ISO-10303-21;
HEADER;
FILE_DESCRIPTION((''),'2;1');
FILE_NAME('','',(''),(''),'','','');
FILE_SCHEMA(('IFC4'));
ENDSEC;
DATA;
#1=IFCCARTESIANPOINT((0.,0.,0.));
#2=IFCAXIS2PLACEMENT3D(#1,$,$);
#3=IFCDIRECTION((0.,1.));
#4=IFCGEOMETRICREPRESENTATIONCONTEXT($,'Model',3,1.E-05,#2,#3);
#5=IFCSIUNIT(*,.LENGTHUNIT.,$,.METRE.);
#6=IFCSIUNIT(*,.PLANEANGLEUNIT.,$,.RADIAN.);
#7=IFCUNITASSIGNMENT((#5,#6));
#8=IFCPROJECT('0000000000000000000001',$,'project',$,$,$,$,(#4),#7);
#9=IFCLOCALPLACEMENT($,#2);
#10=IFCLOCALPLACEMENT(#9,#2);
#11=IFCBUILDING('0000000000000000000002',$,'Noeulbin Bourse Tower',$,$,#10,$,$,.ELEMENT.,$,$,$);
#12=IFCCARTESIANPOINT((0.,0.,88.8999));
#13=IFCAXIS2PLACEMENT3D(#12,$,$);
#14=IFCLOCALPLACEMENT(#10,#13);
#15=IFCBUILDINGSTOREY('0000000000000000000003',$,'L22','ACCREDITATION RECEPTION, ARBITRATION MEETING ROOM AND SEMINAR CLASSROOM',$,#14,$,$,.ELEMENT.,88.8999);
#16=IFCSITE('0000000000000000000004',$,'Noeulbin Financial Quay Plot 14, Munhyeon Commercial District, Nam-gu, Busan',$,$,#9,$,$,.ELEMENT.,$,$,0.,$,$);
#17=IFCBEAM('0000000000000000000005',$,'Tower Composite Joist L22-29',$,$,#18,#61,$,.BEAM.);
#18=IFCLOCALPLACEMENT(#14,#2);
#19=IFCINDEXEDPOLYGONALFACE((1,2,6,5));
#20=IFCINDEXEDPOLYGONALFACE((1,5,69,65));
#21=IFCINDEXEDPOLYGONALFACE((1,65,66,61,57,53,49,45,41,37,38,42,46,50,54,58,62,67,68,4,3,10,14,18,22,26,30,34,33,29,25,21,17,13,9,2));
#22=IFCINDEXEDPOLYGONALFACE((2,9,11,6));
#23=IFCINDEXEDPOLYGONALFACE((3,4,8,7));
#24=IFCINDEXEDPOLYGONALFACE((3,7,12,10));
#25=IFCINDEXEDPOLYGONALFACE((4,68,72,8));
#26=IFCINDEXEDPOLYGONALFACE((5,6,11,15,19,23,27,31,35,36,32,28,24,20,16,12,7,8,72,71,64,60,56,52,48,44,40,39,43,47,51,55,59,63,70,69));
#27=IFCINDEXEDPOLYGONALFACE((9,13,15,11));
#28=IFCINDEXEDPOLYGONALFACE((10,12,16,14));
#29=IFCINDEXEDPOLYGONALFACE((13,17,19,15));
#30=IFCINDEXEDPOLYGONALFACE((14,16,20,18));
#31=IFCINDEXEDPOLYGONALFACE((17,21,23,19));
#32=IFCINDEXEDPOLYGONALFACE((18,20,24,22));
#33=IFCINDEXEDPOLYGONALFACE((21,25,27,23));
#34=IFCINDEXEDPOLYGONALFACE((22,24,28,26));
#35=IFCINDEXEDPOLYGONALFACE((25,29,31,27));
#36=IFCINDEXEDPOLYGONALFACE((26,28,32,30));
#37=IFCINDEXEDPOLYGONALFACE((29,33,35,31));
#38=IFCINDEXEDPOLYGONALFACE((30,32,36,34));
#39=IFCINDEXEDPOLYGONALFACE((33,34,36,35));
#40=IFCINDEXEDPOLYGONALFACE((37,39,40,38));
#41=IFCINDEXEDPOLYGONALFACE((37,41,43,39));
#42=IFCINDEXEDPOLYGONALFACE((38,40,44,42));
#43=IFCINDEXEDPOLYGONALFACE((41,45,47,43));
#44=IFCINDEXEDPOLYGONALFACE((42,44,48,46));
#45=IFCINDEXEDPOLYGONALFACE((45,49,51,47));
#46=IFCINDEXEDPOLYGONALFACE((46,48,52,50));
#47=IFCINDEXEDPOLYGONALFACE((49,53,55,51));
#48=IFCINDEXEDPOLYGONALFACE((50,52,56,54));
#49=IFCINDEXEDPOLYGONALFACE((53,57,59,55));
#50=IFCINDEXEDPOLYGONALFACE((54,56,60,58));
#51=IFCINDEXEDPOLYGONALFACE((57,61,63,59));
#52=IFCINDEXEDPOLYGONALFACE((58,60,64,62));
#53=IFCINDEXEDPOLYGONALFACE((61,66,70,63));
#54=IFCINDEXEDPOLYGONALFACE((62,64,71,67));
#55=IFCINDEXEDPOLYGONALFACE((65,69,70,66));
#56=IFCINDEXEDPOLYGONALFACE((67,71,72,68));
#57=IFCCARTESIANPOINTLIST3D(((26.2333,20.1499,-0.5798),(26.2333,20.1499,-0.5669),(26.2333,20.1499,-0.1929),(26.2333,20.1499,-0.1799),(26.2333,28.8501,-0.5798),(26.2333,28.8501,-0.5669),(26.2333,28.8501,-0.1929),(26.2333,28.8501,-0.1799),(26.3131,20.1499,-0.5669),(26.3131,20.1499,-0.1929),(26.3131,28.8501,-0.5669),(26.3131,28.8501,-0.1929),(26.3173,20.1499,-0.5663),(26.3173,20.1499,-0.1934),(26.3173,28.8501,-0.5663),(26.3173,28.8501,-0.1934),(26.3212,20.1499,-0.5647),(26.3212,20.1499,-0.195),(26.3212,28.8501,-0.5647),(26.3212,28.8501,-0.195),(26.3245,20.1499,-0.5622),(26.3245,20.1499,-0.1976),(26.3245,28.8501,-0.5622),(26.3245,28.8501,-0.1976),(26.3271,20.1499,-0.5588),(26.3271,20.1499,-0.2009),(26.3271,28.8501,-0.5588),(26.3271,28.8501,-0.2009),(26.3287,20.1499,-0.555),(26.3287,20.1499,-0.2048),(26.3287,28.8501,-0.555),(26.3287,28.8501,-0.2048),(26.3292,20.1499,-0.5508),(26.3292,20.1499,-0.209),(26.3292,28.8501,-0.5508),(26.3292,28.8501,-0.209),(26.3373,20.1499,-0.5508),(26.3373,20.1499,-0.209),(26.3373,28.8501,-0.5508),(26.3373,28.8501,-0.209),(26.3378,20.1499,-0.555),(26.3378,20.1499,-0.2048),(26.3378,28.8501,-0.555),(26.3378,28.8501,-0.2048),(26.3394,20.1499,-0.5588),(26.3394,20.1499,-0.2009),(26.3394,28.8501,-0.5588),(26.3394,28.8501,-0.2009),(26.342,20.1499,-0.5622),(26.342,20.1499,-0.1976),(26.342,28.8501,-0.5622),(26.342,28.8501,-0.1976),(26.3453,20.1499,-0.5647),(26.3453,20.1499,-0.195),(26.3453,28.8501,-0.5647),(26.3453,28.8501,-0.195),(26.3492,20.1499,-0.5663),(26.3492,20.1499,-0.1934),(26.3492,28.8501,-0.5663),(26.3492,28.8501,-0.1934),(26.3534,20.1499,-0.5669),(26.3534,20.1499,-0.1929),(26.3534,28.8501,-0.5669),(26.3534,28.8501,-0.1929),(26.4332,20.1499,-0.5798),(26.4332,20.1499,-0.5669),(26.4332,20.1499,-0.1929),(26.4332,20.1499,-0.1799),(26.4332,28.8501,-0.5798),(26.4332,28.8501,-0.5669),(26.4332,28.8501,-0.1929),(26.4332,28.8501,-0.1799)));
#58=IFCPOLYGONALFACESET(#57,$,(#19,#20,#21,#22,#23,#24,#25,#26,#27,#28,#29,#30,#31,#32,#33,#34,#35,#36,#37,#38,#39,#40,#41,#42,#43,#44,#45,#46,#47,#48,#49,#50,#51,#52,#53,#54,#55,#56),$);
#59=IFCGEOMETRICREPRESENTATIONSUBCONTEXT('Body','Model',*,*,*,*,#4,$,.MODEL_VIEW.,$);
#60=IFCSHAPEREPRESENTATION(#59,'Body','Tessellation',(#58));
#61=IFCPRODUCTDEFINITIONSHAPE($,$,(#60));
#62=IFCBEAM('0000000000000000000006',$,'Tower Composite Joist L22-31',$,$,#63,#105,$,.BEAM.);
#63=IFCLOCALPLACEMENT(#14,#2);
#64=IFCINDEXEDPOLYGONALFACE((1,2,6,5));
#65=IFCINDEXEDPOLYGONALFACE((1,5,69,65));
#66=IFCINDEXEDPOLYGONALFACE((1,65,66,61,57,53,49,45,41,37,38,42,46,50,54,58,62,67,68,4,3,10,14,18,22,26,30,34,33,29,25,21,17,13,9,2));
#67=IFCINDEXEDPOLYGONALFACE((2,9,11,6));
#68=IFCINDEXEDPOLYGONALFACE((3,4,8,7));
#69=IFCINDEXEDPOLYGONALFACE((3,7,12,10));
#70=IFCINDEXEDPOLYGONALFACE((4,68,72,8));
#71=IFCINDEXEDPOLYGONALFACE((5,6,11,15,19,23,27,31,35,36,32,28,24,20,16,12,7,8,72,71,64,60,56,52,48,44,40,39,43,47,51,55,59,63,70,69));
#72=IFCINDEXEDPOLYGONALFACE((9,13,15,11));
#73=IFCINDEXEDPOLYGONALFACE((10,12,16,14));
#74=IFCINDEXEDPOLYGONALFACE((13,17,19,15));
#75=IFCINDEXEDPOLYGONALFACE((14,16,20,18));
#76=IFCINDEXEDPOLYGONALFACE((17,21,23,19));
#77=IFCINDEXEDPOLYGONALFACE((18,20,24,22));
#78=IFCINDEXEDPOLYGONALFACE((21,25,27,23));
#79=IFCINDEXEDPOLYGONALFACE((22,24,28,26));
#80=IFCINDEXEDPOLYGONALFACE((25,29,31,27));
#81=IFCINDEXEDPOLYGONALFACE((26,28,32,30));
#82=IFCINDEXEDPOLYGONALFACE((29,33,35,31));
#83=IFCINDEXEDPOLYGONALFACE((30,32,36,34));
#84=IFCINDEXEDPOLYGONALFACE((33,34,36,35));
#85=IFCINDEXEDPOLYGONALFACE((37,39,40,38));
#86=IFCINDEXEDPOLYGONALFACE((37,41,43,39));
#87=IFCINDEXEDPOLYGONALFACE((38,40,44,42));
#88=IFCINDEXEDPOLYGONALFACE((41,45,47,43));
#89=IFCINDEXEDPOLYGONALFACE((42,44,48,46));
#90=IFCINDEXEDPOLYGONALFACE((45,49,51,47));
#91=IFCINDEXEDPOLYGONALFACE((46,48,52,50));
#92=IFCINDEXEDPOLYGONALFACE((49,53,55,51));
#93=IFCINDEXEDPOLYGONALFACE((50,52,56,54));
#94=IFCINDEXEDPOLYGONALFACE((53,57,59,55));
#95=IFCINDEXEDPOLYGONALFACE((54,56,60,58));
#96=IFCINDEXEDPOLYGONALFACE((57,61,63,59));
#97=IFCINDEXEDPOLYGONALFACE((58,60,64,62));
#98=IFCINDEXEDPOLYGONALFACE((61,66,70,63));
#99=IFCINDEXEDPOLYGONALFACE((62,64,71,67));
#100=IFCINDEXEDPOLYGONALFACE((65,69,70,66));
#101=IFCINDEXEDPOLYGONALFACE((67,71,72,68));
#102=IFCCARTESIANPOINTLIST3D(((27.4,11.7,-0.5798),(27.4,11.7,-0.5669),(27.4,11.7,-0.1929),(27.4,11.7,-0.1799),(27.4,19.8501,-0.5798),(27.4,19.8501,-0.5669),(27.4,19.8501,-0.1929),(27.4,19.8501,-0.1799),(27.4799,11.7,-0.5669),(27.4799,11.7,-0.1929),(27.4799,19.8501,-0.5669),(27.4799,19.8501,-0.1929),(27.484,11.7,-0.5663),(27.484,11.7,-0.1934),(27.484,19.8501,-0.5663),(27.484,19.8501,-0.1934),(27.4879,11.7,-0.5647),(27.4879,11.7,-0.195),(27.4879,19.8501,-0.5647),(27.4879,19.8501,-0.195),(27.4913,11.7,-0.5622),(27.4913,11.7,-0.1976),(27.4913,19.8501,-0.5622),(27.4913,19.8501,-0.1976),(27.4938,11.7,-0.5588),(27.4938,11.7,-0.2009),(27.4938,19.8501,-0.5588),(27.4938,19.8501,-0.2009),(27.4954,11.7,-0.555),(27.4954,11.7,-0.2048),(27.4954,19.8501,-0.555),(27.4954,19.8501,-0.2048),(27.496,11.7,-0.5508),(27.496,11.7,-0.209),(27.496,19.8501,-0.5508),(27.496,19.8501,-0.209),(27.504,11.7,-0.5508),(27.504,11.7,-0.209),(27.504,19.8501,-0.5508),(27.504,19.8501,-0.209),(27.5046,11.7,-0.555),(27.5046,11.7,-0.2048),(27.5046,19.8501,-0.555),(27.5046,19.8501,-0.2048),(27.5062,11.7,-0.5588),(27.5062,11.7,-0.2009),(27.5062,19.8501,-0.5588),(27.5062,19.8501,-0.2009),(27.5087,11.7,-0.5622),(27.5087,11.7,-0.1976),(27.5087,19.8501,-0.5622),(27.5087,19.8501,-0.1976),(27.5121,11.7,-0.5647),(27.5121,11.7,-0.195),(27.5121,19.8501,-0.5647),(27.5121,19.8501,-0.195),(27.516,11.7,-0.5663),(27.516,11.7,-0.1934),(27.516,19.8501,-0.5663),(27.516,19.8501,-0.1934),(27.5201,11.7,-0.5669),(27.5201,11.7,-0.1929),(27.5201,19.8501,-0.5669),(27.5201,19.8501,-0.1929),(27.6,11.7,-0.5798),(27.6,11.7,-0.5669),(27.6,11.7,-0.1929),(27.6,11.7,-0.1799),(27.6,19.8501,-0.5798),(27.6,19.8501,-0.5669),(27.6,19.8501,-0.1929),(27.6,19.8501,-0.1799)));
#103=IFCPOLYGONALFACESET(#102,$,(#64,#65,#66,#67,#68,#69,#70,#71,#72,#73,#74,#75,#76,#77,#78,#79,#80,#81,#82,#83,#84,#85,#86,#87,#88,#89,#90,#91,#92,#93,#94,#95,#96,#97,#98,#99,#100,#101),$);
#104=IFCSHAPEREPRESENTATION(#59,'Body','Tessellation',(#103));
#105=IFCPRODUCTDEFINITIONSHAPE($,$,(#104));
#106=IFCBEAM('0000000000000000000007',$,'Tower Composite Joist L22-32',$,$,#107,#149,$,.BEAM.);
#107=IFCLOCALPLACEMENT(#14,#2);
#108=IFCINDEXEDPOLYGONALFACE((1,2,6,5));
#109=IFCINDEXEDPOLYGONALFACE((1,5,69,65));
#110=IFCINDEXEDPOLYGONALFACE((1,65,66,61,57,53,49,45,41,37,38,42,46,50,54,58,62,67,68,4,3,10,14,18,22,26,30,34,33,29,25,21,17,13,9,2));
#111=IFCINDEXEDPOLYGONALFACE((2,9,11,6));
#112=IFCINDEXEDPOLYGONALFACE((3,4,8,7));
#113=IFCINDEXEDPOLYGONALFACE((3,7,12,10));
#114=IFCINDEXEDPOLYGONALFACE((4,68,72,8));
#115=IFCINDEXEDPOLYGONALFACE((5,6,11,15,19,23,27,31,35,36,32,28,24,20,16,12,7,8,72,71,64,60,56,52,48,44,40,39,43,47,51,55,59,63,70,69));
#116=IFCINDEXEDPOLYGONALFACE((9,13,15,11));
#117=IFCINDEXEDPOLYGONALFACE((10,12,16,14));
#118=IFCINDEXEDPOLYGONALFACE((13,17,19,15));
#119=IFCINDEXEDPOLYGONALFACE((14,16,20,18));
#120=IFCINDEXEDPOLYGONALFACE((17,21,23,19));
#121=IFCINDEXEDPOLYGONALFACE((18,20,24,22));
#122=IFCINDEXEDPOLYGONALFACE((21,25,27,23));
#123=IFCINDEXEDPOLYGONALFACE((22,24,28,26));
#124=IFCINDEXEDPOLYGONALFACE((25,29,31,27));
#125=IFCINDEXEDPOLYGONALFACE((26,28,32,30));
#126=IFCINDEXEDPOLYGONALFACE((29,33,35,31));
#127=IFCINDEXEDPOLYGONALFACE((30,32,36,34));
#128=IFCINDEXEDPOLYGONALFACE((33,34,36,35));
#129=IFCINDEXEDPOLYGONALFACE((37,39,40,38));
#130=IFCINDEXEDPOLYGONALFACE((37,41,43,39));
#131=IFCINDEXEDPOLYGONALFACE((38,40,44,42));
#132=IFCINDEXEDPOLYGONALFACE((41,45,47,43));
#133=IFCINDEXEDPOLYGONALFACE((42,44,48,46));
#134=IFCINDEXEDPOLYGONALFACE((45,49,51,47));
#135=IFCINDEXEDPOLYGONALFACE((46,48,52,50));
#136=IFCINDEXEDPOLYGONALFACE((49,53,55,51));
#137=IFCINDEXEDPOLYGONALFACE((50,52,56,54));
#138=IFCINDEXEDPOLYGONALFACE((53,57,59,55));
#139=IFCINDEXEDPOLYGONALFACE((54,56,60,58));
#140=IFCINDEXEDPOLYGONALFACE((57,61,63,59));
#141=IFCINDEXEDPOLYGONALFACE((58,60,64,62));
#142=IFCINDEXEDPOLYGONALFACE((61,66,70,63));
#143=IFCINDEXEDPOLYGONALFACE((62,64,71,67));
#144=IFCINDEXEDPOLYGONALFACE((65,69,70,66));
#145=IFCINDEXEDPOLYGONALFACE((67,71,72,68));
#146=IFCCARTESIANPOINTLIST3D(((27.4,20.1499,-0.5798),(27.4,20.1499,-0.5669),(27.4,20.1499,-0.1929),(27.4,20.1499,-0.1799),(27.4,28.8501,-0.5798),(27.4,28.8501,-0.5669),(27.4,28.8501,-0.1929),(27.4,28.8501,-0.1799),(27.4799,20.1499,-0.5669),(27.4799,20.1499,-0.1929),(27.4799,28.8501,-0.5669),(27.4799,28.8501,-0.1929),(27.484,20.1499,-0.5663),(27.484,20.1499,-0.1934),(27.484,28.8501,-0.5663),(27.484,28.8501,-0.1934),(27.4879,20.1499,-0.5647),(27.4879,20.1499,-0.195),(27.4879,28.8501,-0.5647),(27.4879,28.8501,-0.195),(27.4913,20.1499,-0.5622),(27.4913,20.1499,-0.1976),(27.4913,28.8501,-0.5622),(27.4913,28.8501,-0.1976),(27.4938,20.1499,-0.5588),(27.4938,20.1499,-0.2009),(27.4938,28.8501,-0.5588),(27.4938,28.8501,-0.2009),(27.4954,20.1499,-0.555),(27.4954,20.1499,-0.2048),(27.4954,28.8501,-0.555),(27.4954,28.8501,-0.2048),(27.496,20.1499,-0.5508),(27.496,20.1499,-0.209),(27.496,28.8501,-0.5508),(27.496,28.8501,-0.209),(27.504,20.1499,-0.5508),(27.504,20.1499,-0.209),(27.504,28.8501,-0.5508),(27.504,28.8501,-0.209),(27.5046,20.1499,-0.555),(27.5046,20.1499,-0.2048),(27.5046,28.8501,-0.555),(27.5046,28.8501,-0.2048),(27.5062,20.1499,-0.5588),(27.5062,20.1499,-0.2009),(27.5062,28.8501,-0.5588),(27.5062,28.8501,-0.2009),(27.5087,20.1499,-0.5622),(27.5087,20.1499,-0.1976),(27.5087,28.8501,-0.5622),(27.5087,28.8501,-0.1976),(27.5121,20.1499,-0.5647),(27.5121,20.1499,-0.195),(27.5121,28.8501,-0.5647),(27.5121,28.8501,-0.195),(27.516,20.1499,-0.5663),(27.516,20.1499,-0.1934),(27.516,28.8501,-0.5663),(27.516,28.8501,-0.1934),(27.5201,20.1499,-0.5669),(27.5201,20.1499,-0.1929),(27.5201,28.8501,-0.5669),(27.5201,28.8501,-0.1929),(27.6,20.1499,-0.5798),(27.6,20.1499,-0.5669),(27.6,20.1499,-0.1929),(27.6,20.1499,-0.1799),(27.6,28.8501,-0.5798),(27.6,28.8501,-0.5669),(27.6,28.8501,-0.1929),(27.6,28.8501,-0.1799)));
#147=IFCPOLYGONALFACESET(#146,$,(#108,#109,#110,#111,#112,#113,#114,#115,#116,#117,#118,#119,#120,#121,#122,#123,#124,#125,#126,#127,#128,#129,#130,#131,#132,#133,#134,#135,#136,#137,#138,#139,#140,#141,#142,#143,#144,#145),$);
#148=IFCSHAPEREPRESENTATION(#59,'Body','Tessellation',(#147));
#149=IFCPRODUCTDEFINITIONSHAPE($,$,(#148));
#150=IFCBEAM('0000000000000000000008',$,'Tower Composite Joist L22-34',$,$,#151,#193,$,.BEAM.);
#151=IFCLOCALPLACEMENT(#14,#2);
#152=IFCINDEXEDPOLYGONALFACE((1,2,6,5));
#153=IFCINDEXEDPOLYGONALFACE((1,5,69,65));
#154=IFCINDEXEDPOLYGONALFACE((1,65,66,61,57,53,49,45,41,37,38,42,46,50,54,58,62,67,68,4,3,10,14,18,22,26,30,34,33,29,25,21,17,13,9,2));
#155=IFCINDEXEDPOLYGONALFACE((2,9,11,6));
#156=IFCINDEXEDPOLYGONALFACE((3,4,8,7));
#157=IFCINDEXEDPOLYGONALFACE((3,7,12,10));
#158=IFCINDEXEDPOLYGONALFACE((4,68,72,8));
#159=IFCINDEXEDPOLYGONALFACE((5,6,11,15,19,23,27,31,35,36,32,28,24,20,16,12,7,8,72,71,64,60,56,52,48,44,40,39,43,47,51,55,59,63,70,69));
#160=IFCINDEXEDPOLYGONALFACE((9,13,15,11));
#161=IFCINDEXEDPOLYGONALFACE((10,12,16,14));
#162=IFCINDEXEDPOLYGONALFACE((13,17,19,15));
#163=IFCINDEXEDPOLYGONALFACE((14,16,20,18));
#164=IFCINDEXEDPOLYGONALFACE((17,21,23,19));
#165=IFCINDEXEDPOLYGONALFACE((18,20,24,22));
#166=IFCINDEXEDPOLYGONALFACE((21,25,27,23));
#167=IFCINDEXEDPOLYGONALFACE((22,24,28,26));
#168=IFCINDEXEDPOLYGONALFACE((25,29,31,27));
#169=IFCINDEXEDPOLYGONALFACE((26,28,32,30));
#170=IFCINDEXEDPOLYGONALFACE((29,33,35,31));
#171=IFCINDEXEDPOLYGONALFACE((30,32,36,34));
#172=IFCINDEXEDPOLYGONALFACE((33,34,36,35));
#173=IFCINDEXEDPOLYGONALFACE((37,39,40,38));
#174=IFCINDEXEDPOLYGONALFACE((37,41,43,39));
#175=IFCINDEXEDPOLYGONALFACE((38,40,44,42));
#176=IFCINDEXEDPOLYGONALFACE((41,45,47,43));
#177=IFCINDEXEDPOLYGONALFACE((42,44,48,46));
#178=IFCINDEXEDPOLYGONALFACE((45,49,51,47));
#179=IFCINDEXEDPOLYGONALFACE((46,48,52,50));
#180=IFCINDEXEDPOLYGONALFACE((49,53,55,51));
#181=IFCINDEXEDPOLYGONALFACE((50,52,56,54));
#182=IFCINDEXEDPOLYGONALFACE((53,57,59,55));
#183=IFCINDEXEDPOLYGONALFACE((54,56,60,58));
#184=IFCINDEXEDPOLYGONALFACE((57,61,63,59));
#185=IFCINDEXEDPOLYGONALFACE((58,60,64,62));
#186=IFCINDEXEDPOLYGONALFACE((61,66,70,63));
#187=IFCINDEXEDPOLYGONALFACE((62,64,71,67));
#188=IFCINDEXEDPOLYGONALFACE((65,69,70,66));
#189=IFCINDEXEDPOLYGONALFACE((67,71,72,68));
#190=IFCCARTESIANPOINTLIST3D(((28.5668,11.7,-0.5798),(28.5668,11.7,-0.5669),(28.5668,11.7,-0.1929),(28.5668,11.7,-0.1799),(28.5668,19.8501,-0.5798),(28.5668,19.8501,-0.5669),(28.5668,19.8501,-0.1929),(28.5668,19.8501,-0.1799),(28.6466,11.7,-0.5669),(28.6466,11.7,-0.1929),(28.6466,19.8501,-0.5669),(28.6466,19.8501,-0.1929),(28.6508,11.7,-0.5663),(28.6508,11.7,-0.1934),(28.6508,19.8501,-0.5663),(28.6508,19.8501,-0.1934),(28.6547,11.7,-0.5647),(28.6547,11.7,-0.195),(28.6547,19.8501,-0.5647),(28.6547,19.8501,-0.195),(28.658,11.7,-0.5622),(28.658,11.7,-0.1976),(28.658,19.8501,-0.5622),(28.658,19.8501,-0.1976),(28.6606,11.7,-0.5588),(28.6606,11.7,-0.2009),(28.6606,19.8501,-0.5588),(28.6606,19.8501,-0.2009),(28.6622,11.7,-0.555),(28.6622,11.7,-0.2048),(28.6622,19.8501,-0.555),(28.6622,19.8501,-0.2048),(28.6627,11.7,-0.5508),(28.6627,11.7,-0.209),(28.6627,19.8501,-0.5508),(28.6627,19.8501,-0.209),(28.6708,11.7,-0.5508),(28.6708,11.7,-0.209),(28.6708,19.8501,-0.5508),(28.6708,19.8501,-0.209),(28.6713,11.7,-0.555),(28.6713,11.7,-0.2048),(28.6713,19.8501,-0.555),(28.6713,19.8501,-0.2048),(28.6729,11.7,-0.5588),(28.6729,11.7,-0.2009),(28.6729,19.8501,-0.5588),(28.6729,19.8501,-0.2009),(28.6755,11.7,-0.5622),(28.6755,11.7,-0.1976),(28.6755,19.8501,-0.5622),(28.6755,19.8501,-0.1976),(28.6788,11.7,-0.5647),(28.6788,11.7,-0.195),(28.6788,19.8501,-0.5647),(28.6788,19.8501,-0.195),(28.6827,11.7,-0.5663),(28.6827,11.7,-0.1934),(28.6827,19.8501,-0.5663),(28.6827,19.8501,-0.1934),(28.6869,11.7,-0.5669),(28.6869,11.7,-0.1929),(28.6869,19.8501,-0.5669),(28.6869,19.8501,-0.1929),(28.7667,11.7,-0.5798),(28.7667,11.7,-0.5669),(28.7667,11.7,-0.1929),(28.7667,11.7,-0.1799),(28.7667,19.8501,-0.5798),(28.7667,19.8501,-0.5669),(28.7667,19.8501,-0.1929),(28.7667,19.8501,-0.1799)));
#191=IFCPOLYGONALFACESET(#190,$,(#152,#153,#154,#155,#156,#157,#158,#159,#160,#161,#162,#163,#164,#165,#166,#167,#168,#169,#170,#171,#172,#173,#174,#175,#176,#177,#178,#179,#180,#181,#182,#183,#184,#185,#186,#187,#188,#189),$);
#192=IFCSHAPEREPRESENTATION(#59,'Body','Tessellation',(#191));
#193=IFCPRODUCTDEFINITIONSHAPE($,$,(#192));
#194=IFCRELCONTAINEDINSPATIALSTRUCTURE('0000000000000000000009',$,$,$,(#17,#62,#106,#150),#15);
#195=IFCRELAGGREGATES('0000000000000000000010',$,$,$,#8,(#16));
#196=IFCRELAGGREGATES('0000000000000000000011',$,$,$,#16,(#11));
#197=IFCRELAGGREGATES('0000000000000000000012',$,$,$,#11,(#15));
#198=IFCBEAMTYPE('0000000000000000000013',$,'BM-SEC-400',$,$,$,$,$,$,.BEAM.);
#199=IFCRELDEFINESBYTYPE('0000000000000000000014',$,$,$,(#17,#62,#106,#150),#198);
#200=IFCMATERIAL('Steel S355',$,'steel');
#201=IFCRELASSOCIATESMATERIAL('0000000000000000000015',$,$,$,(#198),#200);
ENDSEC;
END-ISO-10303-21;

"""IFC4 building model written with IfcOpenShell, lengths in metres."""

from ifc_helpers import new_model, si_unit, direction, frame, origin, origin_2d, place, context, subcontext, project, spatial, i_section, extrude, material, material_profile, profile_set, type_object, element, save


model = new_model("IFC4")

# Units and contexts
model_context = context("Model", 3, precision=1e-05, world=origin(), true_north=direction((0.0, 1.0)))
body_context = subcontext(model_context, "Body", "Model", "MODEL_VIEW")
ifc_project = project(units=[si_unit("LENGTHUNIT", "METRE"), si_unit("PLANEANGLEUNIT", "RADIAN")], contexts=[model_context])

# Site, building, storey
site_placement = place(None, origin())
site = spatial("IfcSite", under=ifc_project, at=site_placement, Name="Noeulbin Financial Quay Plot 14, Munhyeon Commercial District, Nam-gu, Busan", CompositionType="ELEMENT", RefElevation=0.0)
building_placement = place(site_placement, origin())
building = spatial("IfcBuilding", under=site, at=building_placement, Name="Noeulbin Bourse Tower", CompositionType="ELEMENT")
storey_placement = place(building_placement, frame((0.0, 0.0, 88.8999)))
storey = spatial("IfcBuildingStorey", under=building, at=storey_placement, Name="L22", Description="ACCREDITATION RECEPTION, ARBITRATION MEETING ROOM AND SEMINAR CLASSROOM", CompositionType="ELEMENT", Elevation=88.8999)

# Beams
ifc_material_1 = material(Name="Steel S355", Category="steel")
ifc_material_profile_1 = material_profile(ifc_material_1, i_section(OverallWidth=0.2, OverallDepth=0.3999, WebThickness=0.0081, FlangeThickness=0.0129, FilletRadius=0.0161, at=origin_2d()), Name="H-400x200x8x13", Category="LoadBearing")
ifc_profile_set_1 = profile_set([ifc_material_profile_1], Name="Steel S355")
beam_type_1 = type_object("IfcBeamType", Name="BM-SEC-400", PredefinedType="BEAM", material=ifc_profile_set_1)
beam_1_placement = place(storey_placement, frame((26.3333, 20.1499, -0.3799), z_axis=(0.0, 1.0, 0.0), x_axis=(-1.0, 0.0, 0.0)))
element("IfcBeam", 1, at=beam_1_placement, inside=storey, type_object=beam_type_1, Name="Tower Composite Joist L22-29", PredefinedType="BEAM", context=body_context, shape_type="SweptSolid", body=[
    extrude(i_section(OverallWidth=0.2, OverallDepth=0.3999, WebThickness=0.0081, FlangeThickness=0.0129, FilletRadius=0.0161, at=origin_2d()), origin(), (0.0, 0.0, 1.0), 8.7002),
])
beam_2_placement = place(storey_placement, frame((27.5, 11.7, -0.3799), z_axis=(0.0, 1.0, 0.0), x_axis=(-1.0, 0.0, 0.0)))
element("IfcBeam", 2, at=beam_2_placement, inside=storey, type_object=beam_type_1, Name="Tower Composite Joist L22-31", PredefinedType="BEAM", context=body_context, shape_type="SweptSolid", body=[
    extrude(i_section(OverallWidth=0.2, OverallDepth=0.3999, WebThickness=0.0081, FlangeThickness=0.0129, FilletRadius=0.0161, at=origin_2d()), origin(), (0.0, 0.0, 1.0), 8.1501),
])
beam_3_placement = place(storey_placement, frame((27.5, 20.1499, -0.3799), z_axis=(0.0, 1.0, 0.0), x_axis=(-1.0, 0.0, 0.0)))
element("IfcBeam", 3, at=beam_3_placement, inside=storey, type_object=beam_type_1, Name="Tower Composite Joist L22-32", PredefinedType="BEAM", context=body_context, shape_type="SweptSolid", body=[
    extrude(i_section(OverallWidth=0.2, OverallDepth=0.3999, WebThickness=0.0081, FlangeThickness=0.0129, FilletRadius=0.0161, at=origin_2d()), origin(), (0.0, 0.0, 1.0), 8.7002),
])
beam_4_placement = place(storey_placement, frame((28.6667, 11.7, -0.3799), z_axis=(0.0, 1.0, 0.0), x_axis=(-1.0, 0.0, 0.0)))
element("IfcBeam", 4, at=beam_4_placement, inside=storey, type_object=beam_type_1, Name="Tower Composite Joist L22-34", PredefinedType="BEAM", context=body_context, shape_type="SweptSolid", body=[
    extrude(i_section(OverallWidth=0.2, OverallDepth=0.3999, WebThickness=0.0081, FlangeThickness=0.0129, FilletRadius=0.0161, at=origin_2d()), origin(), (0.0, 0.0, 1.0), 8.1501),
])

save(model, "model.ifc")
